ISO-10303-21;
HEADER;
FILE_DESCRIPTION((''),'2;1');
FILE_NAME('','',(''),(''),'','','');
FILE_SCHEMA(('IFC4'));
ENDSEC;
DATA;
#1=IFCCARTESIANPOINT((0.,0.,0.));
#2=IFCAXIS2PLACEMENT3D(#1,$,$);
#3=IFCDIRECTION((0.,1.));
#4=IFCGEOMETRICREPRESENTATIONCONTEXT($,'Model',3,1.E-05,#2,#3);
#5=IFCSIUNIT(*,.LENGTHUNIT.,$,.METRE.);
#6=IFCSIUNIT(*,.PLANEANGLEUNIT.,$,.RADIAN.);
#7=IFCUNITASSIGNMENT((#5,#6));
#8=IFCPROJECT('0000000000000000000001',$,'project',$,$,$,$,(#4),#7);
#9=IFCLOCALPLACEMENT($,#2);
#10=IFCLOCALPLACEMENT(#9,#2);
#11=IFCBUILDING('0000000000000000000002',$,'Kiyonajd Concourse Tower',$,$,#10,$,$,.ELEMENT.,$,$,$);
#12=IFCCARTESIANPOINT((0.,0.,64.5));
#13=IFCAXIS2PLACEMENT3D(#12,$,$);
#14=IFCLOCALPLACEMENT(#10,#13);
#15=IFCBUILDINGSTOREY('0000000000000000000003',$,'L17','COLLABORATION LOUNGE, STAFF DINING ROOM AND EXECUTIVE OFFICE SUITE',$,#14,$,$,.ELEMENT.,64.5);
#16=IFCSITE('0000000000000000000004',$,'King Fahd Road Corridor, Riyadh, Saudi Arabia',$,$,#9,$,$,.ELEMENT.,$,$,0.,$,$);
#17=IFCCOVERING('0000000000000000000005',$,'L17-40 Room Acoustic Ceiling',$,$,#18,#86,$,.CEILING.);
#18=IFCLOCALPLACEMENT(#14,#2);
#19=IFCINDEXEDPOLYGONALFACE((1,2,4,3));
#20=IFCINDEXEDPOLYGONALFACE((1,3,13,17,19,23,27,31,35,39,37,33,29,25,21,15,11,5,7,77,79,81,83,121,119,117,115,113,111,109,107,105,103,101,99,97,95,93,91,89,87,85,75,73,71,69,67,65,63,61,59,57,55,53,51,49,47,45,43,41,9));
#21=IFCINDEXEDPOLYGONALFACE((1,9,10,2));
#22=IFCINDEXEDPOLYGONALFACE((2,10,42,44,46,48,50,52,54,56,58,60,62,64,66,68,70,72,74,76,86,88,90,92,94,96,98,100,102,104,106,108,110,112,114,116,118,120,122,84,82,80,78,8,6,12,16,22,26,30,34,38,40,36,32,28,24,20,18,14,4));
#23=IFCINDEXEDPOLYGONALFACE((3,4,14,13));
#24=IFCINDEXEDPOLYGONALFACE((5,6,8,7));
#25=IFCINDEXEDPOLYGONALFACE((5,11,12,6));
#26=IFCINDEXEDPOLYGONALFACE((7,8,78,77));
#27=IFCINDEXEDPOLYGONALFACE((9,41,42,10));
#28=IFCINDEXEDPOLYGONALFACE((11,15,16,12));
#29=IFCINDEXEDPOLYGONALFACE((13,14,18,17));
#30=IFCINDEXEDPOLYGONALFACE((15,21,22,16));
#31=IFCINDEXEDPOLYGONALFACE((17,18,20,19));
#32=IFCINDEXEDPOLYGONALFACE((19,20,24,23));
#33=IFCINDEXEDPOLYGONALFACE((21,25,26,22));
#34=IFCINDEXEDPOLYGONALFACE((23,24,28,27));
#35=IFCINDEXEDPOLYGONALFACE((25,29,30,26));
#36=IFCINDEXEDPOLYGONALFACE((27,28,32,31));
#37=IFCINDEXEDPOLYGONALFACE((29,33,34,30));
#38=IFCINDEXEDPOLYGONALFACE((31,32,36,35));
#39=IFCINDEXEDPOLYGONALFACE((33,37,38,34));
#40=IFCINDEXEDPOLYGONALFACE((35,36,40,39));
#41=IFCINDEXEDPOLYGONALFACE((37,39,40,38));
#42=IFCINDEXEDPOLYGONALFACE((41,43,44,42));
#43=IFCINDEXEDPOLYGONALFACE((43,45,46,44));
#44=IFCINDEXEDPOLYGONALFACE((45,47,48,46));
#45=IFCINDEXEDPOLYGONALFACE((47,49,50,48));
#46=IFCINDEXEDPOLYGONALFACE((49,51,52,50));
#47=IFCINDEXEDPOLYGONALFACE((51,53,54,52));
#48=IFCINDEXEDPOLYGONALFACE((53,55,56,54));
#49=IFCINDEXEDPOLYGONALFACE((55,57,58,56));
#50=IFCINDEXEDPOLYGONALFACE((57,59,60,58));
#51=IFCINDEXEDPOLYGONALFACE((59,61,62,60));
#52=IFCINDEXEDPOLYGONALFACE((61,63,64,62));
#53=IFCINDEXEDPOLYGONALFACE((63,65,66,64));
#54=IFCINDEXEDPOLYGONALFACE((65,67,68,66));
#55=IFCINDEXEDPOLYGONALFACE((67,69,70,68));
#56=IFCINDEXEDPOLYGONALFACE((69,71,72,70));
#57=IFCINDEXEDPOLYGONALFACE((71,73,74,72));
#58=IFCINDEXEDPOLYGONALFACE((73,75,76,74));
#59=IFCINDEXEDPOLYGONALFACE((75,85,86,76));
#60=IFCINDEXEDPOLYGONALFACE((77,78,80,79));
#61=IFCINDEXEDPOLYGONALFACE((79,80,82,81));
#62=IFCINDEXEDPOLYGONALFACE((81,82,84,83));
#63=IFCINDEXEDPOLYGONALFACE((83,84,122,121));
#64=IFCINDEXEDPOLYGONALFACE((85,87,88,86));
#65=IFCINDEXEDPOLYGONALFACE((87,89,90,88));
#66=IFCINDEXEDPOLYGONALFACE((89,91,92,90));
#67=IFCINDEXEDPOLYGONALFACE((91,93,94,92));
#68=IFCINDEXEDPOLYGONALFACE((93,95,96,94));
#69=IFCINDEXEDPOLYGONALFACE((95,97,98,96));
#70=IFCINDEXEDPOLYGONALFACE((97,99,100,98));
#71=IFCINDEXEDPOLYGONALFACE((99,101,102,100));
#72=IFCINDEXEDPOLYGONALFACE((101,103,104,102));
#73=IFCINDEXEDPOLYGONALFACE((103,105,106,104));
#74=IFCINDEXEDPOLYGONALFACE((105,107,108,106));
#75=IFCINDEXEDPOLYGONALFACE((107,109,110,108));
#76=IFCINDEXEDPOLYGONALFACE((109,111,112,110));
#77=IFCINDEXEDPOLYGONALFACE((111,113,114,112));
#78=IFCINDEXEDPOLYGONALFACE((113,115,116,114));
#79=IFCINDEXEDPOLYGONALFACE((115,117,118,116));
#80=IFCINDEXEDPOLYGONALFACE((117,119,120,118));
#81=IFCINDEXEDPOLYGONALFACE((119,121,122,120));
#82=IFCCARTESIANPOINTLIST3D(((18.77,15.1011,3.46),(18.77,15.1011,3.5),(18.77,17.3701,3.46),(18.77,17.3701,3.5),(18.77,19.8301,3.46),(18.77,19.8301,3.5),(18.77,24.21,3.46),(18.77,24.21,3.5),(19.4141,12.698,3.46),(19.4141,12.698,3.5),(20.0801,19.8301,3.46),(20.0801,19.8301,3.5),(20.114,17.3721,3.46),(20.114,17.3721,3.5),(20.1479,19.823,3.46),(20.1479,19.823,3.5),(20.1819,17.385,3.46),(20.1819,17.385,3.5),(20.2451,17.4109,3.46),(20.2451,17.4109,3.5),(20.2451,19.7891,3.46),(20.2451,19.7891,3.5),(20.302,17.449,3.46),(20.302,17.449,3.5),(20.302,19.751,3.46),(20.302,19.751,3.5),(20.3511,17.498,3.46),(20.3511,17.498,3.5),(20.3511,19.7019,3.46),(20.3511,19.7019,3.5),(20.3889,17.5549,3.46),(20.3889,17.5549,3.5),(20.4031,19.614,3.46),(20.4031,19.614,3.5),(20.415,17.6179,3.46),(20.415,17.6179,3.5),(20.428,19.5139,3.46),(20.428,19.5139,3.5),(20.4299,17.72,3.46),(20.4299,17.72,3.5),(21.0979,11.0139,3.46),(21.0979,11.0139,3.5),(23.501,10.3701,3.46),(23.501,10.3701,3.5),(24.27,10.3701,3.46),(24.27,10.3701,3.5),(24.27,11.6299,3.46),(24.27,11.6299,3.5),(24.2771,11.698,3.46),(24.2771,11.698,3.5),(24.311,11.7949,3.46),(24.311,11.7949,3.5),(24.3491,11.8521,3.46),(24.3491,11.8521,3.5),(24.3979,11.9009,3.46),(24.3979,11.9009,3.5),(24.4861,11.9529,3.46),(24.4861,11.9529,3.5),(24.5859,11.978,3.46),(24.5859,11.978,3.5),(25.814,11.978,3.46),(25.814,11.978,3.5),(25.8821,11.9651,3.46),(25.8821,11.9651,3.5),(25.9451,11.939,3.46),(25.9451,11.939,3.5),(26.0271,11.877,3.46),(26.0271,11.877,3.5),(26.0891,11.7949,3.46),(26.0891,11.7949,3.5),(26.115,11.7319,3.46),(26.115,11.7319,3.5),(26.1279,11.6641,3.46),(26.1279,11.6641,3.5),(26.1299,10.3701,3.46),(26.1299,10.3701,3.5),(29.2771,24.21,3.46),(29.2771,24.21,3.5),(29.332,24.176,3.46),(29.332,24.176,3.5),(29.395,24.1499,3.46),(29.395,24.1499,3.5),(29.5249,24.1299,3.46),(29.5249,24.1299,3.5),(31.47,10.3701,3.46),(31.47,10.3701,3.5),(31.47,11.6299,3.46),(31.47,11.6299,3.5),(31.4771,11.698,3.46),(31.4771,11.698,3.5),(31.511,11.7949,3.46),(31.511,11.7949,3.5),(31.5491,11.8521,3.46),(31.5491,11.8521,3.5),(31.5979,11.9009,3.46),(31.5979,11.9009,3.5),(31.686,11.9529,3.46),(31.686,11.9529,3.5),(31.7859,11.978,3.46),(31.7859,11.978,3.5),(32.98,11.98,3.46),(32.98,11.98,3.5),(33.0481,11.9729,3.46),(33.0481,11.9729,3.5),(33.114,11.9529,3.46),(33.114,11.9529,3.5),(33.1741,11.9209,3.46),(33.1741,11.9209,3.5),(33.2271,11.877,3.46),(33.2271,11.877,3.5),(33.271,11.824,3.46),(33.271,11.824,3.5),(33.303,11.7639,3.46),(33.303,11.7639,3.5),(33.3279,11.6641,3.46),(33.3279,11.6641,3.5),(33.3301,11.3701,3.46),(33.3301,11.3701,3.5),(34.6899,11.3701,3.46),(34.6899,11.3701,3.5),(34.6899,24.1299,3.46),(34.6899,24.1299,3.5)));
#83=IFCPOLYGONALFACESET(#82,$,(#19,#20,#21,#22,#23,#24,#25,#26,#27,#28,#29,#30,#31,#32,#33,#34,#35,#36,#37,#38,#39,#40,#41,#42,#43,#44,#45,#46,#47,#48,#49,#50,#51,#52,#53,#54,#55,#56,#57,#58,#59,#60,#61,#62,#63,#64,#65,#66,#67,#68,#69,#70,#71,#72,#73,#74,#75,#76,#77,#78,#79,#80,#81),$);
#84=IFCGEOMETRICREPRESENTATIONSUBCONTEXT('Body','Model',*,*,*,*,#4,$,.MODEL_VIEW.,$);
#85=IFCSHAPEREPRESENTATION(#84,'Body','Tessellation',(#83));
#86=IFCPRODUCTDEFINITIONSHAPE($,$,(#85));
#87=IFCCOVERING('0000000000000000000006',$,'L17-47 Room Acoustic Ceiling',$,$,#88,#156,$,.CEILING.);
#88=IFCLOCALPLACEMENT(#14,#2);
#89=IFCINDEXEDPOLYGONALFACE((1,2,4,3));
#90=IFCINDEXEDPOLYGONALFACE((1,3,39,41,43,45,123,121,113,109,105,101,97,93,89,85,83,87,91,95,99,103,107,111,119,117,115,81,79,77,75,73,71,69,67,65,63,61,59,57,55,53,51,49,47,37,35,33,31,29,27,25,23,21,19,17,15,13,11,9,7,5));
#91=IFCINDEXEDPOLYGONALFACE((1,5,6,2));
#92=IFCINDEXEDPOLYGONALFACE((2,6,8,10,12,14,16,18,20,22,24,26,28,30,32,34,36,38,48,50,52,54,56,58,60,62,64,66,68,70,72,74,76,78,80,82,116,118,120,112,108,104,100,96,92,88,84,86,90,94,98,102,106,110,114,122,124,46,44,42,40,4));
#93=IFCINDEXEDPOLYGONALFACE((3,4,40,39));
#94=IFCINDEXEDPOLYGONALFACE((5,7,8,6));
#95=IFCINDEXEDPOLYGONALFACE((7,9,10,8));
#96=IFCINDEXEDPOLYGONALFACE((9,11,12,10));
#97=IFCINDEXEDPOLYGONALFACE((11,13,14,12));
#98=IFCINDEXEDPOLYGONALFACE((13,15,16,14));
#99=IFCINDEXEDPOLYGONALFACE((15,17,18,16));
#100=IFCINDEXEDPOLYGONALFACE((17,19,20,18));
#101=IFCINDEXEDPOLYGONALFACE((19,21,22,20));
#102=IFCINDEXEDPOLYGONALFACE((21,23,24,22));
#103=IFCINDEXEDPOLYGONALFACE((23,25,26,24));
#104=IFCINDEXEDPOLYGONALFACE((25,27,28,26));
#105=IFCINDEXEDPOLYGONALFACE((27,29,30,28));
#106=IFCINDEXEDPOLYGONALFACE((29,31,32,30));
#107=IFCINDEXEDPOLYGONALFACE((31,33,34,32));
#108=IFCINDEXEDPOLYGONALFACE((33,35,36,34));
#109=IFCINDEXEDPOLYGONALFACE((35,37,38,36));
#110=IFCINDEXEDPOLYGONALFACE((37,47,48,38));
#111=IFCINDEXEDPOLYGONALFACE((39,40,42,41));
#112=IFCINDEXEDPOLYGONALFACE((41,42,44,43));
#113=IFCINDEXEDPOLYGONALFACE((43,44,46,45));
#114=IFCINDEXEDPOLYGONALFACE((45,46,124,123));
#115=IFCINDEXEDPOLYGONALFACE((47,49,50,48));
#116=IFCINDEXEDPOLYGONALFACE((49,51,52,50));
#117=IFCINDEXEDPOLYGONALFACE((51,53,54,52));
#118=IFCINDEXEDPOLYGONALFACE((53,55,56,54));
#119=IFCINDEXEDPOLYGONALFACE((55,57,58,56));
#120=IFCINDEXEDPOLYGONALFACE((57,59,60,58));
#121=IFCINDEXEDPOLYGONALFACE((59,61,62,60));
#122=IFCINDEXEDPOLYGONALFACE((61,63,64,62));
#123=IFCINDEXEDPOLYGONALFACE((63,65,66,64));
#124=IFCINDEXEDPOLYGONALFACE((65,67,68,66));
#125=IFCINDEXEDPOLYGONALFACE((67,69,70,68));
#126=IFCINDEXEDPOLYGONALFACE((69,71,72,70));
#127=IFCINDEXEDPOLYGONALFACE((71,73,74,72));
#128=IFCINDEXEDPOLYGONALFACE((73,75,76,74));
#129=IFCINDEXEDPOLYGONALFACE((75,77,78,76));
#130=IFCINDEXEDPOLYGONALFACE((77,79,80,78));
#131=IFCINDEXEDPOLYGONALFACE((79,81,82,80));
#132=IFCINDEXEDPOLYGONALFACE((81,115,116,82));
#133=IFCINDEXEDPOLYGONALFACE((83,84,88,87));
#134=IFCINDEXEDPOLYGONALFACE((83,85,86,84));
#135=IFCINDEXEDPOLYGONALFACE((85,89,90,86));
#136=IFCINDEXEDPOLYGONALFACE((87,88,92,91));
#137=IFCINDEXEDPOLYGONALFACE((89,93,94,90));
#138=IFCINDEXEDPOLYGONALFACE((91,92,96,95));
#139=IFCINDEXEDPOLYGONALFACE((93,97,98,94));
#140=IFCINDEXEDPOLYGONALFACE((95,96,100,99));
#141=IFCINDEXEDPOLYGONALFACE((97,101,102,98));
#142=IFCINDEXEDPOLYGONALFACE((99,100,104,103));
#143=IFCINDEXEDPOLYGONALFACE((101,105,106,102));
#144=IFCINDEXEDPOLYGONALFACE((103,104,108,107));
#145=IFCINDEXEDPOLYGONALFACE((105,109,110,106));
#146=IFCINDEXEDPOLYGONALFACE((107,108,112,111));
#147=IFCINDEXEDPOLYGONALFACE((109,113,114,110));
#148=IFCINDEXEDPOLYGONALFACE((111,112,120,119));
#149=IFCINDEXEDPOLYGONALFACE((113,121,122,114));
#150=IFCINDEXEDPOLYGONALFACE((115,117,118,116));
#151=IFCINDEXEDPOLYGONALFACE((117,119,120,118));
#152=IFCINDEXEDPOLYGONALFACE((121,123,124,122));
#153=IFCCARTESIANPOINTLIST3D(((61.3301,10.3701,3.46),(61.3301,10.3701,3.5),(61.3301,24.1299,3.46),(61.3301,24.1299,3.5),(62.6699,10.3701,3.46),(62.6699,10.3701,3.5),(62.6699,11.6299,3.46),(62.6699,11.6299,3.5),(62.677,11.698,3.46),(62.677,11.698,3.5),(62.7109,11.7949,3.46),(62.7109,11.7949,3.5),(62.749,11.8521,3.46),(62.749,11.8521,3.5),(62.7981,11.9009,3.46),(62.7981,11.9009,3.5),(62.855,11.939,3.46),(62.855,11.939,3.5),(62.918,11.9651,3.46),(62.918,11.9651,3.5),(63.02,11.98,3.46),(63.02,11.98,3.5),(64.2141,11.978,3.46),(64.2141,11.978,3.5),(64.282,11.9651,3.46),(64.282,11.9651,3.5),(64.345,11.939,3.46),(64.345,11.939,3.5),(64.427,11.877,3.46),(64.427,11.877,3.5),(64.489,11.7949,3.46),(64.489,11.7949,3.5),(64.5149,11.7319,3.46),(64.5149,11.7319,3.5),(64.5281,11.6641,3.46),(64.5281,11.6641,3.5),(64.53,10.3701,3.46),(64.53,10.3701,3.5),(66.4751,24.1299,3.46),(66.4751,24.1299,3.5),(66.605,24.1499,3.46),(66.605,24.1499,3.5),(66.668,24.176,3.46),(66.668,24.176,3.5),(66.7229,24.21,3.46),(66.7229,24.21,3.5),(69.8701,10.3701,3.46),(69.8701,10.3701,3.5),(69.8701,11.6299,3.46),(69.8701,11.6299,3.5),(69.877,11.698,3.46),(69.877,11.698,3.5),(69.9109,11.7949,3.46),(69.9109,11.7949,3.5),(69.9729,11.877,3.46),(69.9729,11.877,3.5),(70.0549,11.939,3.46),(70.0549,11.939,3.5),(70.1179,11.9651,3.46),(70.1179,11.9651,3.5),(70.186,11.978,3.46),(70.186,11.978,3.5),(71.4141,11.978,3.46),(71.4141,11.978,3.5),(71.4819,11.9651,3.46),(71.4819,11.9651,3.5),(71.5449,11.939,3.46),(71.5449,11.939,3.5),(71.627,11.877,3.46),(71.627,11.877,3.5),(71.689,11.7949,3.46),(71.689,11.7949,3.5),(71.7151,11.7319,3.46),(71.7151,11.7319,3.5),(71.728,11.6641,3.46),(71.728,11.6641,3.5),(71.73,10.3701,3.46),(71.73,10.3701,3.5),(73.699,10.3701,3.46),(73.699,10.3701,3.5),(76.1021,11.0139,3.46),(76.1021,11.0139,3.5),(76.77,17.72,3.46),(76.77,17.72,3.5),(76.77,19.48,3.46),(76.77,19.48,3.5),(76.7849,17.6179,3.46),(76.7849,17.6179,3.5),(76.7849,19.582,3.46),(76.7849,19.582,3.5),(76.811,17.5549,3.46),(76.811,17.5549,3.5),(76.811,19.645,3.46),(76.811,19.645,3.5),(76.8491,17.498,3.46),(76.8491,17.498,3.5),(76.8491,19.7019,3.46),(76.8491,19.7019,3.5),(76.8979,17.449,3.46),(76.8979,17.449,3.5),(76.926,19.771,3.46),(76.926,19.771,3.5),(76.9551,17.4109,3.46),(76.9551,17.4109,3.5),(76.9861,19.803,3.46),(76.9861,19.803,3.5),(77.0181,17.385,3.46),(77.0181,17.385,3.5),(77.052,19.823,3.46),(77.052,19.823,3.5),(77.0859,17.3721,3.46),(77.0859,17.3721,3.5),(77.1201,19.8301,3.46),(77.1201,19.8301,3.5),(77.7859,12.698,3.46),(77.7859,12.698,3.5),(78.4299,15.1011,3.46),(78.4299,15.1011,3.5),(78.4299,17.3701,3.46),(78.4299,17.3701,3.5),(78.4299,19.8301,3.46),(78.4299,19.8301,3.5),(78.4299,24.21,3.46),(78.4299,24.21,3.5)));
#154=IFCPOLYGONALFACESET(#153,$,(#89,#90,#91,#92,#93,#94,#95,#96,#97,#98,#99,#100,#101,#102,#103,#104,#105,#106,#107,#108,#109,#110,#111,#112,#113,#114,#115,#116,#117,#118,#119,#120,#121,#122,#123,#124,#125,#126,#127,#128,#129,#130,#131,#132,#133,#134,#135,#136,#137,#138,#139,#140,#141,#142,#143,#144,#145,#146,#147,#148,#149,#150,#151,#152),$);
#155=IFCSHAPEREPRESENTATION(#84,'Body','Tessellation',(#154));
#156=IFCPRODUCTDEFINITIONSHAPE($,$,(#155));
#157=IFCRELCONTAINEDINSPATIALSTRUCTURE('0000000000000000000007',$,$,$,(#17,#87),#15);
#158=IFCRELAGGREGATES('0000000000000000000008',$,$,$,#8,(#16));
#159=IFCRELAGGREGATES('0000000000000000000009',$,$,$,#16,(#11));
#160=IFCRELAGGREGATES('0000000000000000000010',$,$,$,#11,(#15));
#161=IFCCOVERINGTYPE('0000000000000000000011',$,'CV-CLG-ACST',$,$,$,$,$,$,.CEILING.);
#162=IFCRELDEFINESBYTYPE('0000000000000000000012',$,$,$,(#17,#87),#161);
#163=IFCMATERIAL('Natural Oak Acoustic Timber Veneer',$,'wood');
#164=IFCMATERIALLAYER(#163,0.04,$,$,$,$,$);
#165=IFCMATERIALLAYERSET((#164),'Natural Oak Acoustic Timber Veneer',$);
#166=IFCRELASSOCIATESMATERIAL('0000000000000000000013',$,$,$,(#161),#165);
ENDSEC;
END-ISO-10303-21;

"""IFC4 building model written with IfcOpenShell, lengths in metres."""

from ifc_helpers import new_model, si_unit, direction, frame, origin, place, context, subcontext, project, spatial, polyline, outline, extrude, material, layer, layer_set, type_object, element, save


model = new_model("IFC4")

# Units and contexts
model_context = context("Model", 3, precision=1e-05, world=origin(), true_north=direction((0.0, 1.0)))
body_context = subcontext(model_context, "Body", "Model", "MODEL_VIEW")
ifc_project = project(units=[si_unit("LENGTHUNIT", "METRE"), si_unit("PLANEANGLEUNIT", "RADIAN")], contexts=[model_context])

# Site, building, storey
site_placement = place(None, origin())
site = spatial("IfcSite", under=ifc_project, at=site_placement, Name="King Fahd Road Corridor, Riyadh, Saudi Arabia", CompositionType="ELEMENT", RefElevation=0.0)
building_placement = place(site_placement, origin())
building = spatial("IfcBuilding", under=site, at=building_placement, Name="Kiyonajd Concourse Tower", CompositionType="ELEMENT")
storey_placement = place(building_placement, frame((0.0, 0.0, 64.5)))
storey = spatial("IfcBuildingStorey", under=building, at=storey_placement, Name="L17", Description="COLLABORATION LOUNGE, STAFF DINING ROOM AND EXECUTIVE OFFICE SUITE", CompositionType="ELEMENT", Elevation=64.5)

# Coverings
ifc_material_1 = material(Name="Natural Oak Acoustic Timber Veneer", Category="wood")
ifc_layer_1 = layer(ifc_material_1, 0.04)
ifc_layer_set_1 = layer_set([ifc_layer_1], Name="Natural Oak Acoustic Timber Veneer")
covering_type = type_object("IfcCoveringType", Name="CV-CLG-ACST", PredefinedType="CEILING", material=ifc_layer_set_1)
covering_1_placement = place(storey_placement, frame((0.0, 0.0, 3.46)))
element("IfcCovering", 1, at=covering_1_placement, inside=storey, type_object=covering_type, Name="L17-40 Room Acoustic Ceiling", PredefinedType="CEILING", context=body_context, shape_type="SweptSolid", body=[
    extrude(outline(polyline([(19.4141, 12.698), (18.77, 15.1011), (18.77, 17.3701), (20.114, 17.3721), (20.1819, 17.385), (20.2451, 17.4109), (20.302, 17.449), (20.3511, 17.498), (20.3889, 17.5549), (20.415, 17.6179), (20.4299, 17.72), (20.428, 19.5139), (20.4031, 19.614), (20.3511, 19.7019), (20.302, 19.751), (20.2451, 19.7891), (20.1479, 19.823), (20.0801, 19.8301), (18.77, 19.8301), (18.77, 24.21), (29.2771, 24.21), (29.332, 24.176), (29.395, 24.1499), (29.5249, 24.1299), (34.6899, 24.1299), (34.6899, 11.3701), (33.3301, 11.3701), (33.3279, 11.6641), (33.303, 11.7639), (33.271, 11.824), (33.2271, 11.877), (33.1741, 11.9209), (33.114, 11.9529), (33.0481, 11.9729), (32.98, 11.98), (31.7859, 11.978), (31.686, 11.9529), (31.5979, 11.9009), (31.5491, 11.8521), (31.511, 11.7949), (31.4771, 11.698), (31.47, 11.6299), (31.47, 10.3701), (26.1299, 10.3701), (26.1279, 11.6641), (26.115, 11.7319), (26.0891, 11.7949), (26.0271, 11.877), (25.9451, 11.939), (25.8821, 11.9651), (25.814, 11.978), (24.5859, 11.978), (24.4861, 11.9529), (24.3979, 11.9009), (24.3491, 11.8521), (24.311, 11.7949), (24.2771, 11.698), (24.27, 11.6299), (24.27, 10.3701), (23.501, 10.3701), (21.0979, 11.0139), (19.4141, 12.698)])), origin(), (0.0, 0.0, 1.0), 0.04),
])
covering_2_placement = place(storey_placement, frame((0.0, 0.0, 3.46)))
element("IfcCovering", 2, at=covering_2_placement, inside=storey, type_object=covering_type, Name="L17-47 Room Acoustic Ceiling", PredefinedType="CEILING", context=body_context, shape_type="SweptSolid", body=[
    extrude(outline(polyline([(66.7229, 24.21), (78.4299, 24.21), (78.4299, 19.8301), (77.1201, 19.8301), (77.052, 19.823), (76.9861, 19.803), (76.926, 19.771), (76.8491, 19.7019), (76.811, 19.645), (76.7849, 19.582), (76.77, 19.48), (76.77, 17.72), (76.7849, 17.6179), (76.811, 17.5549), (76.8491, 17.498), (76.8979, 17.449), (76.9551, 17.4109), (77.0181, 17.385), (77.0859, 17.3721), (78.4299, 17.3701), (78.4299, 15.1011), (77.7859, 12.698), (76.1021, 11.0139), (73.699, 10.3701), (71.73, 10.3701), (71.728, 11.6641), (71.7151, 11.7319), (71.689, 11.7949), (71.627, 11.877), (71.5449, 11.939), (71.4819, 11.9651), (71.4141, 11.978), (70.186, 11.978), (70.1179, 11.9651), (70.0549, 11.939), (69.9729, 11.877), (69.9109, 11.7949), (69.877, 11.698), (69.8701, 11.6299), (69.8701, 10.3701), (64.53, 10.3701), (64.5281, 11.6641), (64.5149, 11.7319), (64.489, 11.7949), (64.427, 11.877), (64.345, 11.939), (64.282, 11.9651), (64.2141, 11.978), (63.02, 11.98), (62.918, 11.9651), (62.855, 11.939), (62.7981, 11.9009), (62.749, 11.8521), (62.7109, 11.7949), (62.677, 11.698), (62.6699, 11.6299), (62.6699, 10.3701), (61.3301, 10.3701), (61.3301, 24.1299), (66.4751, 24.1299), (66.605, 24.1499), (66.668, 24.176), (66.7229, 24.21)])), origin(), (0.0, 0.0, 1.0), 0.04),
])

save(model, "model.ifc")
